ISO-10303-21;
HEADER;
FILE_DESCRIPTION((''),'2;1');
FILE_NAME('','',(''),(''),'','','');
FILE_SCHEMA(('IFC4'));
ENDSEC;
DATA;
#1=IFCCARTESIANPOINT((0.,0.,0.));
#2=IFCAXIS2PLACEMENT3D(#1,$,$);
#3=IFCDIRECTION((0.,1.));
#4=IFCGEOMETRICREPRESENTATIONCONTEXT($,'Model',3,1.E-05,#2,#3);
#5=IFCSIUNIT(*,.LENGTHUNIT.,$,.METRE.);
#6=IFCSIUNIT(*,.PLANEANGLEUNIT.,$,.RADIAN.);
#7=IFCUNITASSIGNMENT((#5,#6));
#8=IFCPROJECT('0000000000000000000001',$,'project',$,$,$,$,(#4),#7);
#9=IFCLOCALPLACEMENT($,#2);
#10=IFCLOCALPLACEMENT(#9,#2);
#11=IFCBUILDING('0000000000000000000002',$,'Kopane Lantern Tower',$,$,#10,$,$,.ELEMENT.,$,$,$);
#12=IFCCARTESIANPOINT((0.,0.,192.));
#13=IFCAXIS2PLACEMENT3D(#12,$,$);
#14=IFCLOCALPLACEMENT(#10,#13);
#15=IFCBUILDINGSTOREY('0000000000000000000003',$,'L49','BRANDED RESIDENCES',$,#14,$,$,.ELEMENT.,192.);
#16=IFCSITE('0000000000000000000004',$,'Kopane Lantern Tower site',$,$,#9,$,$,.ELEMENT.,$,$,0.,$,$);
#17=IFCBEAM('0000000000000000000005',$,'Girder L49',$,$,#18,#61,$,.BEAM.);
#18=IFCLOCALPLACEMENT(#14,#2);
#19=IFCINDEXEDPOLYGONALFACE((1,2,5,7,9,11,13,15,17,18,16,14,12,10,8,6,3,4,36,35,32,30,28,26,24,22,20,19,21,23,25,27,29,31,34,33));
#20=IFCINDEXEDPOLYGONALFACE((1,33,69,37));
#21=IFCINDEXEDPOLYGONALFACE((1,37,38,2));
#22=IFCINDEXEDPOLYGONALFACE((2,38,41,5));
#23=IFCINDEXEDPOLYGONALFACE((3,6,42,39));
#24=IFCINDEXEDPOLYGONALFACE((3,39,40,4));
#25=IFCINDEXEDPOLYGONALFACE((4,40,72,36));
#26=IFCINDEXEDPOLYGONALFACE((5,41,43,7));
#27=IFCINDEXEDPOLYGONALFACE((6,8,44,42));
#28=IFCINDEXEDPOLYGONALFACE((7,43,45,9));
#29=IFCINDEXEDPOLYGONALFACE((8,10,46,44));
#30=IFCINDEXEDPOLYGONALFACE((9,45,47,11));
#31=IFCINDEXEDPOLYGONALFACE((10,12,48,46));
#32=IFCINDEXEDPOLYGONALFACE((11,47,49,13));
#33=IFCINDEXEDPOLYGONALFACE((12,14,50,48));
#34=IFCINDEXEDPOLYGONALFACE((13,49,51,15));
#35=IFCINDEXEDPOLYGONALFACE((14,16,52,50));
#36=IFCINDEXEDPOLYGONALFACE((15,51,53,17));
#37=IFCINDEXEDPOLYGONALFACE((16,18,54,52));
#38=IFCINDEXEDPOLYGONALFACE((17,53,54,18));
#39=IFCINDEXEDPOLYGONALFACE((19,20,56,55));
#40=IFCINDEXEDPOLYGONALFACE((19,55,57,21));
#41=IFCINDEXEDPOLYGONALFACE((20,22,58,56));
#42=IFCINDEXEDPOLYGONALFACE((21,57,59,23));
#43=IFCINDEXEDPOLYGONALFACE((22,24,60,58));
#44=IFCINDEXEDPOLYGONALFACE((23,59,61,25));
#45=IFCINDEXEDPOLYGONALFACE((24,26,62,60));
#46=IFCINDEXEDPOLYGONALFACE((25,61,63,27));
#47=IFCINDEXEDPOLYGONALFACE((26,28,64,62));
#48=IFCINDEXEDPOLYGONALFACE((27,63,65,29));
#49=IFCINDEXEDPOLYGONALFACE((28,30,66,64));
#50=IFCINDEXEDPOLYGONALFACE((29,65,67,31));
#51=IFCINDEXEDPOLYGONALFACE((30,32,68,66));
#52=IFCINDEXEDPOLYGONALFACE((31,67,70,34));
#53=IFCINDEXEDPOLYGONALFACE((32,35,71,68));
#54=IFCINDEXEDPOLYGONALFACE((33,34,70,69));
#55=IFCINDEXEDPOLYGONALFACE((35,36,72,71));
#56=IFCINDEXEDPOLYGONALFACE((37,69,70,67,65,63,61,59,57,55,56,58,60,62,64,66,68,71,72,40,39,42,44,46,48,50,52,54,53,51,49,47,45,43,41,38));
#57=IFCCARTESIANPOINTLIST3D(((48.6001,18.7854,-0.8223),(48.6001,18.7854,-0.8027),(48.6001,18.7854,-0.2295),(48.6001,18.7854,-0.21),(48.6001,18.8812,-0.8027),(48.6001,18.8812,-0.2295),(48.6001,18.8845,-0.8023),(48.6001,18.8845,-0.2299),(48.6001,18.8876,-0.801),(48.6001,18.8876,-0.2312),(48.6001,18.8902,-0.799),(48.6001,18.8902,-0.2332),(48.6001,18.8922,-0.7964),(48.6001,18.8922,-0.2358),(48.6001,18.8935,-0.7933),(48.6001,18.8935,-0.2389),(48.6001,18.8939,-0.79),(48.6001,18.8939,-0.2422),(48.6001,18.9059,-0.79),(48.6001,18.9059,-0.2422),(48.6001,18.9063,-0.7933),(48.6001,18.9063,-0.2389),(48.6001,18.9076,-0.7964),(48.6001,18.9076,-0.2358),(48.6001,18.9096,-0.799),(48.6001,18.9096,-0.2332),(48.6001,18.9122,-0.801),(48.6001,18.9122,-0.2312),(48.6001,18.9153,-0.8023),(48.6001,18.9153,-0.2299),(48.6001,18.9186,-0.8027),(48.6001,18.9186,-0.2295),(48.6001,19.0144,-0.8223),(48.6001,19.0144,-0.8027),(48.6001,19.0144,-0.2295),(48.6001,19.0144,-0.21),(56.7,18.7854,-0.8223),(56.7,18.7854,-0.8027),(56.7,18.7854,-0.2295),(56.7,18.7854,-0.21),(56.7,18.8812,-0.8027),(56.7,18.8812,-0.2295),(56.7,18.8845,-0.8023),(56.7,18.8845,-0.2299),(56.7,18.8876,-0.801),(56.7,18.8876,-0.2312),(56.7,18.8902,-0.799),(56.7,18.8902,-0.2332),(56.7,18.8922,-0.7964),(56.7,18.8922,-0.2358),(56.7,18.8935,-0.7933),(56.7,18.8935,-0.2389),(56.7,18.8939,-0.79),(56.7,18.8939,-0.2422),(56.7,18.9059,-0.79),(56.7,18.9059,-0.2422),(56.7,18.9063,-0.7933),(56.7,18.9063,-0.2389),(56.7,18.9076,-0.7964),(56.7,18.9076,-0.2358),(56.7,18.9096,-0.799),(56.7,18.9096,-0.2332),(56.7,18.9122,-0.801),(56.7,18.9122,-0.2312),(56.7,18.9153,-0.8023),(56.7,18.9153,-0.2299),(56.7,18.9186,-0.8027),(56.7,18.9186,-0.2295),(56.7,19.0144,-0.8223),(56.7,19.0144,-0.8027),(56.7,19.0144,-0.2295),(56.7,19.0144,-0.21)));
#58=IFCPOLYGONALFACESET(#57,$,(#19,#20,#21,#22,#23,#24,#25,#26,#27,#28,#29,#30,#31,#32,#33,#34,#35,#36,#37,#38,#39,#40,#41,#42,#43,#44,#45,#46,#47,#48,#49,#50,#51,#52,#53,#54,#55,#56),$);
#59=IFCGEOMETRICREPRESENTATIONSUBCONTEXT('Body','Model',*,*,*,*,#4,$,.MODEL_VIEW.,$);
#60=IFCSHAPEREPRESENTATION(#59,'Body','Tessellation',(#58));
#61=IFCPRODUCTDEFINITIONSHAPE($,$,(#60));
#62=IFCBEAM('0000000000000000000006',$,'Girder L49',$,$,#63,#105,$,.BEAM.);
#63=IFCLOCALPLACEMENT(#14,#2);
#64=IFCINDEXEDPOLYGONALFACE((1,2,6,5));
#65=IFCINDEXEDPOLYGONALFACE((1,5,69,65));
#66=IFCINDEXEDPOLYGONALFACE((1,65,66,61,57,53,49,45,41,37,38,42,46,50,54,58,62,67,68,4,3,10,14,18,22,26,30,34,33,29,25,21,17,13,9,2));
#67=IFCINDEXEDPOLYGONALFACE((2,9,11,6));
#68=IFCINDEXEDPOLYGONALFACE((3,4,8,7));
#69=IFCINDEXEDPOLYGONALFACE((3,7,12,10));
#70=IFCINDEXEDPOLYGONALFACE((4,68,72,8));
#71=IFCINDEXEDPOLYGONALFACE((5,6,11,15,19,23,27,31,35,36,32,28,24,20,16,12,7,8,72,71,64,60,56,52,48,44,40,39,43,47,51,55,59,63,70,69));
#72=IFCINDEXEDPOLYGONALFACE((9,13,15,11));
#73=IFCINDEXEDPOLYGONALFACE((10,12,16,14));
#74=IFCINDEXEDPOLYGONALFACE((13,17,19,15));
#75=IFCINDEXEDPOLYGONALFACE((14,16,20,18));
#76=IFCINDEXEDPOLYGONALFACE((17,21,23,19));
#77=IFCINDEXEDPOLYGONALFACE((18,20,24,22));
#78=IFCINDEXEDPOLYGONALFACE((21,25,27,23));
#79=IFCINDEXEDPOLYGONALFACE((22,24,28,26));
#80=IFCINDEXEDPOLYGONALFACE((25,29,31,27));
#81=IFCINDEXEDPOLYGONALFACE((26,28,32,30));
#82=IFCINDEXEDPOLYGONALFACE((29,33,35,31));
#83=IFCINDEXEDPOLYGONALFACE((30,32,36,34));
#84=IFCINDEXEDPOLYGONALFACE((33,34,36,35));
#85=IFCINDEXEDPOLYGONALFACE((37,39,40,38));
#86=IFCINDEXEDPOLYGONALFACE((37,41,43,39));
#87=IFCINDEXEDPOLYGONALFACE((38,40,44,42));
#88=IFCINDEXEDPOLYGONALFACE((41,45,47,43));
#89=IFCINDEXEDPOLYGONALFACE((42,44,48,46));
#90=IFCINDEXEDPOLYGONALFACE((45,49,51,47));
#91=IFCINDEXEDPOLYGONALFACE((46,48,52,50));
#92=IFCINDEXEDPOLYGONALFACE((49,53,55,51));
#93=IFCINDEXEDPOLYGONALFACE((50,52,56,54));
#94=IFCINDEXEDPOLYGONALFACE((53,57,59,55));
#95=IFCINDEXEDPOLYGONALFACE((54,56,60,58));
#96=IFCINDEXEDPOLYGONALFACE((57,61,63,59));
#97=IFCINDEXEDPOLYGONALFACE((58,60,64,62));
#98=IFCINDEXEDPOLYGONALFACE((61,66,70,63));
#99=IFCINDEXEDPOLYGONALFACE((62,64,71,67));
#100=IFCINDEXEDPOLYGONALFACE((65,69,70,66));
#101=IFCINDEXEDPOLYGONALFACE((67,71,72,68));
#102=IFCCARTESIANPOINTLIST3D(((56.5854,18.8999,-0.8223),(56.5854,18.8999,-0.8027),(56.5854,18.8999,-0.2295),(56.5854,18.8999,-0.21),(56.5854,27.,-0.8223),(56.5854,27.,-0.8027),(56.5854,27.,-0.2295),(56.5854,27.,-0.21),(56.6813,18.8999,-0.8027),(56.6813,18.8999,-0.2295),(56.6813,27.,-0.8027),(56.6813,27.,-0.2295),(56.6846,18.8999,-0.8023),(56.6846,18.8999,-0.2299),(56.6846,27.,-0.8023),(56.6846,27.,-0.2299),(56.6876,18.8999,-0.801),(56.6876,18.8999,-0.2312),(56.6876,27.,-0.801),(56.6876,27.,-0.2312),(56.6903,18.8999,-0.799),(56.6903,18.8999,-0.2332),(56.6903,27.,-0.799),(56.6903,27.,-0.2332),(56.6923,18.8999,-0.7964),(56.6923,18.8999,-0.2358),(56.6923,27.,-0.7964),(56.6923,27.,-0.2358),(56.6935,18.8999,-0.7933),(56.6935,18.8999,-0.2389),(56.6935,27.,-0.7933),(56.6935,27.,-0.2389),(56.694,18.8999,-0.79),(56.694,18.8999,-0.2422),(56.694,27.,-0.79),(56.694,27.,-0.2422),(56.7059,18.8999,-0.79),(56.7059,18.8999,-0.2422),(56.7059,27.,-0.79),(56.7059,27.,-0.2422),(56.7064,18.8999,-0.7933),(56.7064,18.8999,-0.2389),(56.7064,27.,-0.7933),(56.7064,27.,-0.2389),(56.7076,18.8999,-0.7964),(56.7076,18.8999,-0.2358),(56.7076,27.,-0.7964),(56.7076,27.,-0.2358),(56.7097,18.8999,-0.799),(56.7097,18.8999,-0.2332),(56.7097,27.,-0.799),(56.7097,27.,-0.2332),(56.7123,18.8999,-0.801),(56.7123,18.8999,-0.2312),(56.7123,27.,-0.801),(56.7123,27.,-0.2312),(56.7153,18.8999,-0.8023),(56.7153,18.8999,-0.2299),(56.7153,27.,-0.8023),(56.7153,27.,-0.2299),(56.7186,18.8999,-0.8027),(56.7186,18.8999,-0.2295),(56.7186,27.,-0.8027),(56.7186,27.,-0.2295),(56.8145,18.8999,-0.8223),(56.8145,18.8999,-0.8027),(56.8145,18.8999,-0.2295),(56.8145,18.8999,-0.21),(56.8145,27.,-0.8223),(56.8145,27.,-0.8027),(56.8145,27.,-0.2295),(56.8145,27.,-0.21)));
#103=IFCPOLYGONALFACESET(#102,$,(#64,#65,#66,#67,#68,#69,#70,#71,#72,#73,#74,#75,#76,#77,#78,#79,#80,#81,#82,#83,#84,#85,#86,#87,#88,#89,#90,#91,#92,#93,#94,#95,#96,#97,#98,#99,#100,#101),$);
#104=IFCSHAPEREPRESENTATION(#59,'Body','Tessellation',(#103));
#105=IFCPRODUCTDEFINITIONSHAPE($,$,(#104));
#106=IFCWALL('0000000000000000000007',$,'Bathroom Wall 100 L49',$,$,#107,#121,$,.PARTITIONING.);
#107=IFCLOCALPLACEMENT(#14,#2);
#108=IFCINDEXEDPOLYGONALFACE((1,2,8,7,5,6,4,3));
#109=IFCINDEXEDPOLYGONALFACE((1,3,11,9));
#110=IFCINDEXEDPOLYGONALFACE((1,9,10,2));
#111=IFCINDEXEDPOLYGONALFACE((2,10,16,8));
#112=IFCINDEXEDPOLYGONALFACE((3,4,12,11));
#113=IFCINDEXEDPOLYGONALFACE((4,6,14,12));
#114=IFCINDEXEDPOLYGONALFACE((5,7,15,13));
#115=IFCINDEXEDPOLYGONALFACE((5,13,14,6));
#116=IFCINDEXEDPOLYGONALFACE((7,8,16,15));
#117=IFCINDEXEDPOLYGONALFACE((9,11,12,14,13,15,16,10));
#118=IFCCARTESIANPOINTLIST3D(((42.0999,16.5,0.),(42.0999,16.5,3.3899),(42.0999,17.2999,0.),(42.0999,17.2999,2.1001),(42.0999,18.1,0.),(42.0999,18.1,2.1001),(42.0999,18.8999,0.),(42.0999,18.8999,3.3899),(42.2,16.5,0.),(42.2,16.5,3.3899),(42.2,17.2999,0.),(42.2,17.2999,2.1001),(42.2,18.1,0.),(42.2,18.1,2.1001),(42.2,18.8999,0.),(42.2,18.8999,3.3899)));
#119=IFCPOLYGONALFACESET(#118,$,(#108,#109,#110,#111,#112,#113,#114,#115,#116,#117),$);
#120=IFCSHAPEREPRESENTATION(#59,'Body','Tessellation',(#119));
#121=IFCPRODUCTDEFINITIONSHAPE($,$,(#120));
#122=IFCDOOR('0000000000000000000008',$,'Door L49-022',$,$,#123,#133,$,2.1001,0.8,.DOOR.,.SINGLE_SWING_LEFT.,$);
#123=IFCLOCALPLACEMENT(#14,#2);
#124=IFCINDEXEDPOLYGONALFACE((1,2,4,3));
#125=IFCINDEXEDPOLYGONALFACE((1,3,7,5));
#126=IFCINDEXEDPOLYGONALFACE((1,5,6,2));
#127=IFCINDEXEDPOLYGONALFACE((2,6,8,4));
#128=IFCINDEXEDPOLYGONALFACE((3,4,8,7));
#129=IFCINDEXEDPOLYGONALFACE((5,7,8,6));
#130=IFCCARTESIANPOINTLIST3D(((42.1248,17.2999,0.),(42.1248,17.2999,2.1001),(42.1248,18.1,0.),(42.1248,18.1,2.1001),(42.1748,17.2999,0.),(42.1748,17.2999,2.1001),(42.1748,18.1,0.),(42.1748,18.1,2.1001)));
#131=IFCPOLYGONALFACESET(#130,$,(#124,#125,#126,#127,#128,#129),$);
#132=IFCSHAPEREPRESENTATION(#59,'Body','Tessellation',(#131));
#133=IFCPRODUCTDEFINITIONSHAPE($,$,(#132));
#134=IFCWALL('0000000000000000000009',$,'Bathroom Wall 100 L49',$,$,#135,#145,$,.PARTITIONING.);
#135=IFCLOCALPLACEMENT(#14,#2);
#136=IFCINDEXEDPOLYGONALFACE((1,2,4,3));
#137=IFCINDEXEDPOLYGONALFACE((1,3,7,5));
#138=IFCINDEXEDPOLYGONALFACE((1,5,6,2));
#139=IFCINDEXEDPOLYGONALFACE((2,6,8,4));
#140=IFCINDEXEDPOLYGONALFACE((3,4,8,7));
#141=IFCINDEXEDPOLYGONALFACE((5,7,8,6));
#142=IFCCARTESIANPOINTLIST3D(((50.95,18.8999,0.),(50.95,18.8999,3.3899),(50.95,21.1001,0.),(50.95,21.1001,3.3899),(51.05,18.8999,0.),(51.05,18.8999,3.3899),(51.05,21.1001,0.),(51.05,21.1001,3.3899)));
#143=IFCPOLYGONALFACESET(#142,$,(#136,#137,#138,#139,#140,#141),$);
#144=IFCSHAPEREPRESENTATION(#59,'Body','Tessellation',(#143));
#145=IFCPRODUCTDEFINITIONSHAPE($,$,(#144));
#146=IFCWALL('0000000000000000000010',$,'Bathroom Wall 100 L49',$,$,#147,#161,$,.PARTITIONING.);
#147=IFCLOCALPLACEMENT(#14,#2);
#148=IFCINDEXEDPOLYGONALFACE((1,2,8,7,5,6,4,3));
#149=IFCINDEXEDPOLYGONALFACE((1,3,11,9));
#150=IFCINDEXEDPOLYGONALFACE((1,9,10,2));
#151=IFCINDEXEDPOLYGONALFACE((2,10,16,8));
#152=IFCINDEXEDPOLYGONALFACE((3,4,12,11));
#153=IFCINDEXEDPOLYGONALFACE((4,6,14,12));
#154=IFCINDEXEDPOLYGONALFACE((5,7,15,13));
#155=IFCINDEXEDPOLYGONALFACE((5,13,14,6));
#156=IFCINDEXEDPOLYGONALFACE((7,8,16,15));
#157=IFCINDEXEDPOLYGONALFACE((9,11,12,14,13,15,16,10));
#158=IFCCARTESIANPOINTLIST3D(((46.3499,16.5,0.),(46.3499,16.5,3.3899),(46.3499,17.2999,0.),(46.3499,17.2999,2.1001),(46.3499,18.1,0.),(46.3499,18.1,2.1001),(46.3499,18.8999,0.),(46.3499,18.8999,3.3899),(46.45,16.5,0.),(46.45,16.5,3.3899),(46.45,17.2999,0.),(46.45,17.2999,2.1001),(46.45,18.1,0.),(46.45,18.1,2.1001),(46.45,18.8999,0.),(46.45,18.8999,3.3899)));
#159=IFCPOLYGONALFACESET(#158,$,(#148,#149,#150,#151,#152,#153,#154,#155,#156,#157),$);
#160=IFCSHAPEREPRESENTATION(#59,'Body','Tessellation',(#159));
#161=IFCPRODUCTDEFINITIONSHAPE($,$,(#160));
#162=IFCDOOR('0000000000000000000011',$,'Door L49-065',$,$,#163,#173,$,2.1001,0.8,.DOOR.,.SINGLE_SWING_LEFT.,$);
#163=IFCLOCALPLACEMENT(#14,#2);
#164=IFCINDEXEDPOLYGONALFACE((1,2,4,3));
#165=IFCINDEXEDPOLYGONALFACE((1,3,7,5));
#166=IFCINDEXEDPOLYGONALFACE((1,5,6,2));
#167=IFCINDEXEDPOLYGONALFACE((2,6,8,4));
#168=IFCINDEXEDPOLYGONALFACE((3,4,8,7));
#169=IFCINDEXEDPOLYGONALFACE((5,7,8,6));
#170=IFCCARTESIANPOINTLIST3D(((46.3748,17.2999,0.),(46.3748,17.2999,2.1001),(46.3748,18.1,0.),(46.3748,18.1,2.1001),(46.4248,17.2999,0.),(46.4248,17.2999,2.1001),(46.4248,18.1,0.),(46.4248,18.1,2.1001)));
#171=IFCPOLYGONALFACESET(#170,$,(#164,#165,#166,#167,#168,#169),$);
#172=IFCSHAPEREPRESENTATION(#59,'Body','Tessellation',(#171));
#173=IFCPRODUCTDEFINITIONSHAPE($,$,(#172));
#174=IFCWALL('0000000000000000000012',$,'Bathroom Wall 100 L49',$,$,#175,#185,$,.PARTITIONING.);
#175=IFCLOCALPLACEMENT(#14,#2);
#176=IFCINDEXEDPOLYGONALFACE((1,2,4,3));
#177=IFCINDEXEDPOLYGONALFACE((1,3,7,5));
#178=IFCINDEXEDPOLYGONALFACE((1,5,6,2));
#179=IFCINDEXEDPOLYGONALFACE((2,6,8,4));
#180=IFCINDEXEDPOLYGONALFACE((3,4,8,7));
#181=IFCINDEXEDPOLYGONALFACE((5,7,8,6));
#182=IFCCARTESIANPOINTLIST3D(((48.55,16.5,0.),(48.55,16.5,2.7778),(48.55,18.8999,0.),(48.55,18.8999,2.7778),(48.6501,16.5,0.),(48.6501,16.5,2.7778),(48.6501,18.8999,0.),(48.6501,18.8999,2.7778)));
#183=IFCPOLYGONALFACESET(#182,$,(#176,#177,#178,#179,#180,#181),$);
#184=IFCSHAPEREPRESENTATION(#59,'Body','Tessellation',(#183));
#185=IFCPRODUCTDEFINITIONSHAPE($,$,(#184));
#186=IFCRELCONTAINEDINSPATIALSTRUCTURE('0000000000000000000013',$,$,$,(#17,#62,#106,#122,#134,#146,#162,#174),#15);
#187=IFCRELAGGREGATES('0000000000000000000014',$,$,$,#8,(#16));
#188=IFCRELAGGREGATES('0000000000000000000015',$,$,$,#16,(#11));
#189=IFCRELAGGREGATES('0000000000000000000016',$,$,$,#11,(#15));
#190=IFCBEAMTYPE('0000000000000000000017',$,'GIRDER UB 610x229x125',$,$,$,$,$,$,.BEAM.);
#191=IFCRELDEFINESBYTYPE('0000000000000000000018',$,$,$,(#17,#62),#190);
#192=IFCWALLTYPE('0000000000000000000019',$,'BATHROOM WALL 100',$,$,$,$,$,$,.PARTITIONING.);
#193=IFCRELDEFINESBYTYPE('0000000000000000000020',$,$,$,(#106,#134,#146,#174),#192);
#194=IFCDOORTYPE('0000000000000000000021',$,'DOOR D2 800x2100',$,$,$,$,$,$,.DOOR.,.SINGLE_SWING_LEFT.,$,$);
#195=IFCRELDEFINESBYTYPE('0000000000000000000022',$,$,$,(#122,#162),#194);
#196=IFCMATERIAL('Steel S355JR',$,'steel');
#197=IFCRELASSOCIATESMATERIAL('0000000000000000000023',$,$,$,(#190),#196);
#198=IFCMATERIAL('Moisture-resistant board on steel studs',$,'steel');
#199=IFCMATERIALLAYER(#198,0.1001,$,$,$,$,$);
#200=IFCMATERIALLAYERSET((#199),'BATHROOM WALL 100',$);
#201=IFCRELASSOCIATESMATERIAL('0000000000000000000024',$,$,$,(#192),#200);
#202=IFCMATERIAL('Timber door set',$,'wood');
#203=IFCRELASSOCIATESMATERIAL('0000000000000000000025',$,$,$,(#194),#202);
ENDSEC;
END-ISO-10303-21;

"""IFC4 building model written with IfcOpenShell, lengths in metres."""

from ifc_helpers import new_model, si_unit, direction, frame, frame_2d, origin, origin_2d, place, context, subcontext, project, spatial, rectangle, i_section, extrude, material, layer, layer_set, material_profile, profile_set, type_object, element, fill, save


model = new_model("IFC4")

# Units and contexts
model_context = context("Model", 3, precision=1e-05, world=origin(), true_north=direction((0.0, 1.0)))
body_context = subcontext(model_context, "Body", "Model", "MODEL_VIEW")
ifc_project = project(units=[si_unit("LENGTHUNIT", "METRE"), si_unit("PLANEANGLEUNIT", "RADIAN")], contexts=[model_context])

# Site, building, storey
site_placement = place(None, origin())
site = spatial("IfcSite", under=ifc_project, at=site_placement, Name="Kopane Lantern Tower site", CompositionType="ELEMENT", RefElevation=0.0)
building_placement = place(site_placement, origin())
building = spatial("IfcBuilding", under=site, at=building_placement, Name="Kopane Lantern Tower", CompositionType="ELEMENT")
storey_placement = place(building_placement, frame((0.0, 0.0, 192.0)))
storey = spatial("IfcBuildingStorey", under=building, at=storey_placement, Name="L49", Description="BRANDED RESIDENCES", CompositionType="ELEMENT", Elevation=192.0)

# Beams
ifc_material_1 = material(Name="Steel S355JR", Category="steel")
ifc_material_profile_1 = material_profile(ifc_material_1, i_section(OverallWidth=0.229, OverallDepth=0.6123, WebThickness=0.012, FlangeThickness=0.0195, FilletRadius=0.0127, at=origin_2d()), Name="UB 610x229x125")
ifc_profile_set_1 = profile_set([ifc_material_profile_1], Name="Steel S355JR")
beam_type_1 = type_object("IfcBeamType", Name="GIRDER UB 610x229x125", PredefinedType="BEAM", material=ifc_profile_set_1)
beam_1_placement = place(storey_placement, frame((48.6001, 18.8999, -0.5161), z_axis=(1.0, 0.0, 0.0), x_axis=(0.0, 1.0, 0.0)))
element("IfcBeam", 1, at=beam_1_placement, inside=storey, type_object=beam_type_1, Name="Girder L49", PredefinedType="BEAM", context=body_context, shape_type="SweptSolid", body=[
    extrude(i_section(OverallWidth=0.229, OverallDepth=0.6123, WebThickness=0.012, FlangeThickness=0.0195, FilletRadius=0.0127, at=origin_2d()), origin(), (0.0, 0.0, 1.0), 8.0999),
])
beam_2_placement = place(storey_placement, frame((56.7, 18.8999, -0.5161), z_axis=(0.0, 1.0, 0.0), x_axis=(-1.0, 0.0, 0.0)))
element("IfcBeam", 2, at=beam_2_placement, inside=storey, type_object=beam_type_1, Name="Girder L49", PredefinedType="BEAM", context=body_context, shape_type="SweptSolid", body=[
    extrude(i_section(OverallWidth=0.229, OverallDepth=0.6123, WebThickness=0.012, FlangeThickness=0.0195, FilletRadius=0.0127, at=origin_2d()), origin(), (0.0, 0.0, 1.0), 8.1001),
])

# Wall, opening, door
ifc_material_2 = material(Name="Moisture-resistant board on steel studs", Category="steel")
ifc_layer_1 = layer(ifc_material_2, 0.1001)
ifc_layer_set_1 = layer_set([ifc_layer_1], Name="BATHROOM WALL 100")
wall_type_1 = type_object("IfcWallType", Name="BATHROOM WALL 100", PredefinedType="PARTITIONING", material=ifc_layer_set_1)
wall_1_placement = place(storey_placement, frame((42.1499, 18.8999, 0.0), z_axis=(0.0, 0.0, 1.0), x_axis=(0.0, -1.0, 0.0)))
wall_1 = element("IfcWall", 3, at=wall_1_placement, inside=storey, type_object=wall_type_1, Name="Bathroom Wall 100 L49", PredefinedType="PARTITIONING", context=body_context, shape_type="SweptSolid", body=[
    extrude(rectangle(XDim=2.3999, YDim=0.1001, at=frame_2d((1.2, 0.0))), origin(), (0.0, 0.0, 1.0), 3.3899),
])
opening_1_placement = place(wall_1_placement, frame((0.8, 0.0, 0.0)))
opening_1 = element("IfcOpeningElement", 4, at=opening_1_placement, cuts=wall_1, PredefinedType="OPENING", context=body_context, shape_type="SweptSolid", body=[
    extrude(rectangle(XDim=0.8, YDim=2.1001, at=frame_2d((0.3999, 1.05))), frame((0.0, 0.0601, 0.0), z_axis=(0.0, -1.0, 0.0), x_axis=(1.0, 0.0, 0.0)), (0.0, 0.0, 1.0), 0.1201),
])
ifc_material_3 = material(Name="Timber door set", Category="wood")
door_type_1 = type_object("IfcDoorType", Name="DOOR D2 800x2100", OperationType="SINGLE_SWING_LEFT", PredefinedType="DOOR", material=ifc_material_3)
door_1_placement = place(opening_1_placement, origin())
door_1 = element("IfcDoor", 5, at=door_1_placement, inside=storey, type_object=door_type_1, Name="Door L49-022", OperationType="SINGLE_SWING_LEFT", OverallHeight=2.1001, OverallWidth=0.8, PredefinedType="DOOR", context=body_context, shape_type="SweptSolid", body=[
    extrude(rectangle(XDim=0.8, YDim=2.1001, at=frame_2d((0.3999, 1.05))), frame((0.0, 0.0249, 0.0), z_axis=(0.0, -1.0, 0.0), x_axis=(1.0, 0.0, 0.0)), (0.0, 0.0, 1.0), 0.05),
])
fill(opening_1, door_1)

# Wall
wall_2_placement = place(storey_placement, frame((51.0, 18.8999, 0.0), z_axis=(0.0, 0.0, 1.0), x_axis=(0.0, 1.0, 0.0)))
element("IfcWall", 6, at=wall_2_placement, inside=storey, type_object=wall_type_1, Name="Bathroom Wall 100 L49", PredefinedType="PARTITIONING", context=body_context, shape_type="SweptSolid", body=[
    extrude(rectangle(XDim=2.2002, YDim=0.1001, at=frame_2d((1.1001, 0.0))), origin(), (0.0, 0.0, 1.0), 3.3899),
])

# Wall, opening, door
wall_3_placement = place(storey_placement, frame((46.3999, 18.8999, 0.0), z_axis=(0.0, 0.0, 1.0), x_axis=(0.0, -1.0, 0.0)))
wall_3 = element("IfcWall", 7, at=wall_3_placement, inside=storey, type_object=wall_type_1, Name="Bathroom Wall 100 L49", PredefinedType="PARTITIONING", context=body_context, shape_type="SweptSolid", body=[
    extrude(rectangle(XDim=2.3999, YDim=0.1001, at=frame_2d((1.2, 0.0))), origin(), (0.0, 0.0, 1.0), 3.3899),
])
opening_2_placement = place(wall_3_placement, frame((0.8, 0.0, 0.0)))
opening_2 = element("IfcOpeningElement", 8, at=opening_2_placement, cuts=wall_3, PredefinedType="OPENING", context=body_context, shape_type="SweptSolid", body=[
    extrude(rectangle(XDim=0.8, YDim=2.1001, at=frame_2d((0.3999, 1.05))), frame((0.0, 0.0601, 0.0), z_axis=(0.0, -1.0, 0.0), x_axis=(1.0, 0.0, 0.0)), (0.0, 0.0, 1.0), 0.1201),
])
door_2_placement = place(opening_2_placement, origin())
door_2 = element("IfcDoor", 9, at=door_2_placement, inside=storey, type_object=door_type_1, Name="Door L49-065", OperationType="SINGLE_SWING_LEFT", OverallHeight=2.1001, OverallWidth=0.8, PredefinedType="DOOR", context=body_context, shape_type="SweptSolid", body=[
    extrude(rectangle(XDim=0.8, YDim=2.1001, at=frame_2d((0.3999, 1.05))), frame((0.0, 0.0249, 0.0), z_axis=(0.0, -1.0, 0.0), x_axis=(1.0, 0.0, 0.0)), (0.0, 0.0, 1.0), 0.05),
])
fill(opening_2, door_2)

# Wall
wall_4_placement = place(storey_placement, frame((48.6001, 18.8999, 0.0), z_axis=(0.0, 0.0, 1.0), x_axis=(0.0, -1.0, 0.0)))
element("IfcWall", 10, at=wall_4_placement, inside=storey, type_object=wall_type_1, Name="Bathroom Wall 100 L49", PredefinedType="PARTITIONING", context=body_context, shape_type="SweptSolid", body=[
    extrude(rectangle(XDim=2.3999, YDim=0.1001, at=frame_2d((1.2, 0.0))), origin(), (0.0, 0.0, 1.0), 2.7778),
])

save(model, "model.ifc")
